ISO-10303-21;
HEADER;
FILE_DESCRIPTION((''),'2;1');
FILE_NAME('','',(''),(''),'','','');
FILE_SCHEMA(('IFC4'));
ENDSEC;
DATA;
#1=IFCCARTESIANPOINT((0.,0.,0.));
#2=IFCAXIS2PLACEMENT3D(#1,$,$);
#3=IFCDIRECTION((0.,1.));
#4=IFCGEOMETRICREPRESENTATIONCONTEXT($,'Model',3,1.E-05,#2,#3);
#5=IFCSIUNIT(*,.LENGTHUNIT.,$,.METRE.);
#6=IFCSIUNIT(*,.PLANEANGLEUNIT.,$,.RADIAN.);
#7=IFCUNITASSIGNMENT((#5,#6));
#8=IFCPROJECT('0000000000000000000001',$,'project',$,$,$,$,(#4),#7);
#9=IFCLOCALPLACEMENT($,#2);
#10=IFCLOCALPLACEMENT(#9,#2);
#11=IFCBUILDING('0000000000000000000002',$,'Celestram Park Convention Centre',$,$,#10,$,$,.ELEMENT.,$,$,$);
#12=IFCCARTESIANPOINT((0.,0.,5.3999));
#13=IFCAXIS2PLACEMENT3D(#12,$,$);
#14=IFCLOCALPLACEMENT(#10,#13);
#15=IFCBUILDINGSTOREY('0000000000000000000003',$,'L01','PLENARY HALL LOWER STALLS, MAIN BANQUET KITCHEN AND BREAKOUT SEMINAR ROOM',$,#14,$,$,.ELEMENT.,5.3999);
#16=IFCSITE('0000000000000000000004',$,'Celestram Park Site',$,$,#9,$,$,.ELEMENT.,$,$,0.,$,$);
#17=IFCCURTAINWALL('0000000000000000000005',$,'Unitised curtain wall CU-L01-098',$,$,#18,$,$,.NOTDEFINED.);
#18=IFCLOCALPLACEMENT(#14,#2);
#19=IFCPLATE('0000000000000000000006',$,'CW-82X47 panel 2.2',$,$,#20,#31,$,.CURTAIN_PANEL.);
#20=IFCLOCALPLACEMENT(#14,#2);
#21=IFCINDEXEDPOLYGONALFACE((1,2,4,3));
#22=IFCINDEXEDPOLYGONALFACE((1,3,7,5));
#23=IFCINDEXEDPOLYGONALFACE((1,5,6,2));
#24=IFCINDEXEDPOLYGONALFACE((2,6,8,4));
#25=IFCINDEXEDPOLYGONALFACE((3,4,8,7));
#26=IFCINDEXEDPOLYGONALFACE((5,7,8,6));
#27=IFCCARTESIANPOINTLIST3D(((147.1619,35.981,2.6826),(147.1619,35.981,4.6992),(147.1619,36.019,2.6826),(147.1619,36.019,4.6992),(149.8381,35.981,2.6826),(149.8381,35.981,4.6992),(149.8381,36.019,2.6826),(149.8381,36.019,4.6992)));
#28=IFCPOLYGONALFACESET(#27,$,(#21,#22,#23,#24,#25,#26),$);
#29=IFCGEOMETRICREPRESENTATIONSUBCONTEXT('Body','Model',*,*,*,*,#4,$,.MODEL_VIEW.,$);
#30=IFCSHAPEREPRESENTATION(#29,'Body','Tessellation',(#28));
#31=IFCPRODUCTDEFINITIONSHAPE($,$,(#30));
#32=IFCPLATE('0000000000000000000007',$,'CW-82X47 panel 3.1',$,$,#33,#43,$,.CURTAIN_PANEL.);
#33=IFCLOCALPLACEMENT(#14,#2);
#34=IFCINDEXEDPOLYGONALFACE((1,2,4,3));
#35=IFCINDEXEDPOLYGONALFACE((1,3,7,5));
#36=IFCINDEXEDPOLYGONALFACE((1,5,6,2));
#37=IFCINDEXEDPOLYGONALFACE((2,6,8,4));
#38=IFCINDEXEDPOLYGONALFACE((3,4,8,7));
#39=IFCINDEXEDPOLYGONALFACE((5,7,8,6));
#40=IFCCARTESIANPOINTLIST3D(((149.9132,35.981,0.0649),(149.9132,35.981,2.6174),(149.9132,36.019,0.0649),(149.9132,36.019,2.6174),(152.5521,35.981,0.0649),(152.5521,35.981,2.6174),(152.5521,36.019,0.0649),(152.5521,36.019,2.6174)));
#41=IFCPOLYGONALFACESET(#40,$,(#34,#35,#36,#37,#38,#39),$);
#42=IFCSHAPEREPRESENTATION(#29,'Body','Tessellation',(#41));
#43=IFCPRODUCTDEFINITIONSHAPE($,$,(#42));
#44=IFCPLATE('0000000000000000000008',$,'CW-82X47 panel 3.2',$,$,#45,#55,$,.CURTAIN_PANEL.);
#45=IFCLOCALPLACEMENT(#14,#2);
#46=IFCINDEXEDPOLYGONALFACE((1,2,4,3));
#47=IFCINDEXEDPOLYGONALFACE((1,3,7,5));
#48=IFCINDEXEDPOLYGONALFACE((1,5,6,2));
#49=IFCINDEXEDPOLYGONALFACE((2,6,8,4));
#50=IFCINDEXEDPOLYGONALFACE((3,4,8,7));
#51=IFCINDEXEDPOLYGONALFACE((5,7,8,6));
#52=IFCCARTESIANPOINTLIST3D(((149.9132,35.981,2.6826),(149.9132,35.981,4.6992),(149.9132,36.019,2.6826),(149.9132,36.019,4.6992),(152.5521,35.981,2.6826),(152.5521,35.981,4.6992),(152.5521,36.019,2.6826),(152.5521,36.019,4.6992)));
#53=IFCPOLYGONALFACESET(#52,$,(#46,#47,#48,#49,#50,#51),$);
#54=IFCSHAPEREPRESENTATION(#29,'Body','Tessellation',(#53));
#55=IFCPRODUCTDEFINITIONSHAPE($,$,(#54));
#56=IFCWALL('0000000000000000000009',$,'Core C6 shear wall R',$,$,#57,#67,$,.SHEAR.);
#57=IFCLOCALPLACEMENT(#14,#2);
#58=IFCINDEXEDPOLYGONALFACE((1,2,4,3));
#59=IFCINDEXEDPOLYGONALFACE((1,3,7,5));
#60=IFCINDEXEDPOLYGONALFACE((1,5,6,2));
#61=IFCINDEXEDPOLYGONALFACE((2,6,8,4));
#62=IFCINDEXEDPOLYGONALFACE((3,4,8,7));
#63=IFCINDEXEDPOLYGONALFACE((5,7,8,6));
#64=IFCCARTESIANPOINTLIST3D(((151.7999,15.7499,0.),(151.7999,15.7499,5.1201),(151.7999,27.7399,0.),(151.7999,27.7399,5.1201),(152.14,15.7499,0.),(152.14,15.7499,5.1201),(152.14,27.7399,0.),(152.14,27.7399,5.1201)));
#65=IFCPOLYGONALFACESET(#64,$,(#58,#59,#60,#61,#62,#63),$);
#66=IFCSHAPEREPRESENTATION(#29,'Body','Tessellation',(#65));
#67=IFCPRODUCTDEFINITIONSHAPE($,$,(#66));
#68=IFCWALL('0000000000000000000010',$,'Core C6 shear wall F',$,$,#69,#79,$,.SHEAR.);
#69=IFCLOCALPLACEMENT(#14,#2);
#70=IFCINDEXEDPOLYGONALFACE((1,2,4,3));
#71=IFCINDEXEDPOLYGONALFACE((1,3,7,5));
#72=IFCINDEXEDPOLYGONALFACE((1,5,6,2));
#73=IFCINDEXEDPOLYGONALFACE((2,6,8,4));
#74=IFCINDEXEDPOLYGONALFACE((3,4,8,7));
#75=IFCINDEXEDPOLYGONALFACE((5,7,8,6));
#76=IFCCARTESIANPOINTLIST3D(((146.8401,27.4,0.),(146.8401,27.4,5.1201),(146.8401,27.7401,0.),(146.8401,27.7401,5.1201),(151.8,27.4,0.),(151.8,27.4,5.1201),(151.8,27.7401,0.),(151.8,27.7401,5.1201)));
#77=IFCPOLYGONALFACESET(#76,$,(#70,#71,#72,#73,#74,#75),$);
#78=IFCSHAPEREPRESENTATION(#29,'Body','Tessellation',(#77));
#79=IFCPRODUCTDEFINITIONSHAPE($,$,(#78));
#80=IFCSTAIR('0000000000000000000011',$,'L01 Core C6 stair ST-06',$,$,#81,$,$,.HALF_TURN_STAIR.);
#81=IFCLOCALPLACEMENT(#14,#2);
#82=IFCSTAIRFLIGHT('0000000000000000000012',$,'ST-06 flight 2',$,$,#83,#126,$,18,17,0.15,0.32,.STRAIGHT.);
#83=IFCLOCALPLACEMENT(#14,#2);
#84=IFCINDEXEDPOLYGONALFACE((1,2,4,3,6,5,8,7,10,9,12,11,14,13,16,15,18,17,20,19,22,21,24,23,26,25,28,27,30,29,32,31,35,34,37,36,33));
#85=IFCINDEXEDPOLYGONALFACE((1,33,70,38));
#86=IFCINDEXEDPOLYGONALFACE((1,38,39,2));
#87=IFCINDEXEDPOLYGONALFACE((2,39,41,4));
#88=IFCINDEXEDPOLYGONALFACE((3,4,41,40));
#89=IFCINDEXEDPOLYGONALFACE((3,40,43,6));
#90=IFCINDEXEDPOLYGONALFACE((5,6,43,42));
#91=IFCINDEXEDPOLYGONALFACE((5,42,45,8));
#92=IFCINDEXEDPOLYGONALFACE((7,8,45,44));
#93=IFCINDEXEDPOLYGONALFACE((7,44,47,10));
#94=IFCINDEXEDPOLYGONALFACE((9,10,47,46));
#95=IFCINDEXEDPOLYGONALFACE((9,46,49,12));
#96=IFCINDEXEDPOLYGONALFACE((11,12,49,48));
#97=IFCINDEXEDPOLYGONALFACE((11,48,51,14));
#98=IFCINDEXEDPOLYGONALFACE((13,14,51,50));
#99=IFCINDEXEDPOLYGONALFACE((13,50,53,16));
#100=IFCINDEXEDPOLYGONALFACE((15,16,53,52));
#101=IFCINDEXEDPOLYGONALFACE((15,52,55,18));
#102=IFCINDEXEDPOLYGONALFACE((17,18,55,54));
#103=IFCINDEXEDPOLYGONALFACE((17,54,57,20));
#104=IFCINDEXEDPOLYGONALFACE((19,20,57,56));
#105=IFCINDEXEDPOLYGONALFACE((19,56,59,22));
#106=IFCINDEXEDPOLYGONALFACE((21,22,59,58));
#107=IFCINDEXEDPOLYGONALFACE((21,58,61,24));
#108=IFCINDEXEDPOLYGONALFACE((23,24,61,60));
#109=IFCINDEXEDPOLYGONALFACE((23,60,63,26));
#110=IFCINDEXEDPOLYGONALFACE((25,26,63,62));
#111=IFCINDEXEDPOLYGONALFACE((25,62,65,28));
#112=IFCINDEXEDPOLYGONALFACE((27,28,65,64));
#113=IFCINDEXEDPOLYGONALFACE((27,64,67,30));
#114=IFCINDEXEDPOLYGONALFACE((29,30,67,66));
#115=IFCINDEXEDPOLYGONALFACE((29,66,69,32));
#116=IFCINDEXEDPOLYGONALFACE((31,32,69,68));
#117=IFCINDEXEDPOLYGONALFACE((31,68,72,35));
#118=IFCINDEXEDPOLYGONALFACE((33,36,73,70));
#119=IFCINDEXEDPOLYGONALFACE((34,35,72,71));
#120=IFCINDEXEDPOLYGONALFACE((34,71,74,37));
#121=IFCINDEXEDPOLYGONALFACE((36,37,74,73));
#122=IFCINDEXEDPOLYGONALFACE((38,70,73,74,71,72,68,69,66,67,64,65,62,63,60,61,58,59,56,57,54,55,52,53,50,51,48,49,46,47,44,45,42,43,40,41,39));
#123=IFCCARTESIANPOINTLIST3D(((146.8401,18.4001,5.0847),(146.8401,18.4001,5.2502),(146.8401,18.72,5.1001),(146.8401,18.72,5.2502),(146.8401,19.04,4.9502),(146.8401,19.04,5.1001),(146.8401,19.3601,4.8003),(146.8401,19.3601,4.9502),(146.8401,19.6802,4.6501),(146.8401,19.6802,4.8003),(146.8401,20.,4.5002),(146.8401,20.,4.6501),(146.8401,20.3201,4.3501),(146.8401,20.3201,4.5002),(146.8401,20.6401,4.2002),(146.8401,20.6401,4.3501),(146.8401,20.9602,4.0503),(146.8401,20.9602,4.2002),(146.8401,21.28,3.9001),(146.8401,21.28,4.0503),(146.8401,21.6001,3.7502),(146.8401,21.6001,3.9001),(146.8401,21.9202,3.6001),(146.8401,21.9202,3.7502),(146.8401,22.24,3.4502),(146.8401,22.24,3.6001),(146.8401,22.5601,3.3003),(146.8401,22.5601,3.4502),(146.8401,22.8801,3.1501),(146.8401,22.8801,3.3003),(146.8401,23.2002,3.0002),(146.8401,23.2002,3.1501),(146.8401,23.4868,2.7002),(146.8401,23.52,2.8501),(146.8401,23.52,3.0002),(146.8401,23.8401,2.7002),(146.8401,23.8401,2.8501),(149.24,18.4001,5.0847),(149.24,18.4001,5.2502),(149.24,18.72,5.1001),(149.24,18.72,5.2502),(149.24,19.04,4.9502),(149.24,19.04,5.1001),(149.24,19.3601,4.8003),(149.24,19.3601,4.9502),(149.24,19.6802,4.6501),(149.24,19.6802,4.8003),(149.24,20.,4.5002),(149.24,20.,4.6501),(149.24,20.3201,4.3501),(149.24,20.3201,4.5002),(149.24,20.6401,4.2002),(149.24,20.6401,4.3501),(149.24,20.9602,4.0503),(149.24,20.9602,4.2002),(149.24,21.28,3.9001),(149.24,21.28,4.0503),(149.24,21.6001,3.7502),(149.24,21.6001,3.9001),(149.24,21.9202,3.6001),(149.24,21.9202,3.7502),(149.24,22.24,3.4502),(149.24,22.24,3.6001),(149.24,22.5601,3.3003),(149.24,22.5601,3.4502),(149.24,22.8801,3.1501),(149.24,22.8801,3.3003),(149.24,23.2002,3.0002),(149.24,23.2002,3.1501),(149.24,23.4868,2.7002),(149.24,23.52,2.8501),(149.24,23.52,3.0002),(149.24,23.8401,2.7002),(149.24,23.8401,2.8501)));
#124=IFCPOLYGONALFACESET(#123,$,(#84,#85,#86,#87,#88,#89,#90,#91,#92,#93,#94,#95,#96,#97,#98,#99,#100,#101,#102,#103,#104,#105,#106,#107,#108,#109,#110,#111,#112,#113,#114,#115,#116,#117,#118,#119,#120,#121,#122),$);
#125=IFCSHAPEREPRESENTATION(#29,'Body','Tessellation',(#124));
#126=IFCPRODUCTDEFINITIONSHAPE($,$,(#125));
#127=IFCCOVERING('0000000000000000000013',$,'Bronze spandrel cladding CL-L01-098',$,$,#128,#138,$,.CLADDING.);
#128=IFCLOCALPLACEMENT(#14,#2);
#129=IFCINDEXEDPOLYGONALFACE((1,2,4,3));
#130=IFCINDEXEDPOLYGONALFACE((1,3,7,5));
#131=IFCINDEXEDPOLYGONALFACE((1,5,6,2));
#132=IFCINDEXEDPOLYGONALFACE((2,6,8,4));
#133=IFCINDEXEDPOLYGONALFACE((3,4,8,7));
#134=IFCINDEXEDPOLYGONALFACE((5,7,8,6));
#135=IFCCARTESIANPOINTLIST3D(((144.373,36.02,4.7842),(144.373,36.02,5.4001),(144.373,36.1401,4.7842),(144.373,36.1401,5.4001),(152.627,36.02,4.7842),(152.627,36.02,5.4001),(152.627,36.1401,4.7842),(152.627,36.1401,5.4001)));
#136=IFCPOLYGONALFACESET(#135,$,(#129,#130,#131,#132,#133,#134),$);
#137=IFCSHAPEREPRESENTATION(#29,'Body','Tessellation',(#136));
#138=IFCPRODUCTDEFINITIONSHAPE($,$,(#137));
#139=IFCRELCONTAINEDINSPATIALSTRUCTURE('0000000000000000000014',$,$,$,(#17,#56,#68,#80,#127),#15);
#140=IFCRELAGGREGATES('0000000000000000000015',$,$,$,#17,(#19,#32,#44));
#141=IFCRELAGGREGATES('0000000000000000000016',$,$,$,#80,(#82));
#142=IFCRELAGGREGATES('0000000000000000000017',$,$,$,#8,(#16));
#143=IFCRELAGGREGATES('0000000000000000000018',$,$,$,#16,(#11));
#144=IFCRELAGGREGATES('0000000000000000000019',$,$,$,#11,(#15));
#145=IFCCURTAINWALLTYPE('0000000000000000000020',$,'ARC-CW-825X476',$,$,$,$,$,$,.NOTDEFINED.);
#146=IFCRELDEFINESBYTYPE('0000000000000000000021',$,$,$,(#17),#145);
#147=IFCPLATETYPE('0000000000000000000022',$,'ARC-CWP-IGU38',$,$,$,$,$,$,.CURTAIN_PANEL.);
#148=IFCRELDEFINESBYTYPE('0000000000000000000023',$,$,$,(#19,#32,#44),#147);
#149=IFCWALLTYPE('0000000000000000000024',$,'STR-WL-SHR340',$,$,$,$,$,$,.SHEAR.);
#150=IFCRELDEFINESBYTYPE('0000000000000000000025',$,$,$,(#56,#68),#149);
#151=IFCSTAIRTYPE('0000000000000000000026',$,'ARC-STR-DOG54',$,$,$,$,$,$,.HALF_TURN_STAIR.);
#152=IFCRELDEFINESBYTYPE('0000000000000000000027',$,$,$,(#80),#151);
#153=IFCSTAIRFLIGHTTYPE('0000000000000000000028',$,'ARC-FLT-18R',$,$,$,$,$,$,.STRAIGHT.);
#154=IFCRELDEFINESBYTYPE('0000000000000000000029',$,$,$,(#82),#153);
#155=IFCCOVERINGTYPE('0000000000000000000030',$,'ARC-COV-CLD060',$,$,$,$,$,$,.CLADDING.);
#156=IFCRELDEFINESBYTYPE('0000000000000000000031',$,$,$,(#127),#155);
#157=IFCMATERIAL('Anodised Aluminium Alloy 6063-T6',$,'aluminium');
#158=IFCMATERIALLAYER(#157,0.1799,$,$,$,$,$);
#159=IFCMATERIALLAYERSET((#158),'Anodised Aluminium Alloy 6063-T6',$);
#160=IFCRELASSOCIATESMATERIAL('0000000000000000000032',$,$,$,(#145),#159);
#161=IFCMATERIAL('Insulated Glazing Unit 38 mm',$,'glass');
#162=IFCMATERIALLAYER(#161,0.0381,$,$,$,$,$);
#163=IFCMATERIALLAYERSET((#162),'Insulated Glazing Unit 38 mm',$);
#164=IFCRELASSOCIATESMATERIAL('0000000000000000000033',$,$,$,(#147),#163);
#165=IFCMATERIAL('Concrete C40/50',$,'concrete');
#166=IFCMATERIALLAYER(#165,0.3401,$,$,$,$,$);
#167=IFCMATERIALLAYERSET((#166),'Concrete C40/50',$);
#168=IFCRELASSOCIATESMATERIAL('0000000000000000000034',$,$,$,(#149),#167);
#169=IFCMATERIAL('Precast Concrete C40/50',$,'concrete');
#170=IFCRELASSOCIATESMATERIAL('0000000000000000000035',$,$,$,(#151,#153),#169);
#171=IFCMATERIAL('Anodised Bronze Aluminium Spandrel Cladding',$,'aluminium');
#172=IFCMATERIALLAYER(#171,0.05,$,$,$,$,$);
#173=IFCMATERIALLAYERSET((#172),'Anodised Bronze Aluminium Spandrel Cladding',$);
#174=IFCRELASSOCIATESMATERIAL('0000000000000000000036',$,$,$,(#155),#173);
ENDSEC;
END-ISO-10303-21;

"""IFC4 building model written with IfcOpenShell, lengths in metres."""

from ifc_helpers import new_model, si_unit, direction, frame, frame_2d, origin, origin_2d, place, context, subcontext, project, spatial, polyline, rectangle, outline, extrude, material, layer, layer_set, type_object, element, aggregate, save


model = new_model("IFC4")

# Units and contexts
model_context = context("Model", 3, precision=1e-05, world=origin(), true_north=direction((0.0, 1.0)))
body_context = subcontext(model_context, "Body", "Model", "MODEL_VIEW")
ifc_project = project(units=[si_unit("LENGTHUNIT", "METRE"), si_unit("PLANEANGLEUNIT", "RADIAN")], contexts=[model_context])

# Site, building, storey
site_placement = place(None, origin())
site = spatial("IfcSite", under=ifc_project, at=site_placement, Name="Celestram Park Site", CompositionType="ELEMENT", RefElevation=0.0)
building_placement = place(site_placement, origin())
building = spatial("IfcBuilding", under=site, at=building_placement, Name="Celestram Park Convention Centre", CompositionType="ELEMENT")
storey_placement = place(building_placement, frame((0.0, 0.0, 5.3999)))
storey = spatial("IfcBuildingStorey", under=building, at=storey_placement, Name="L01", Description="PLENARY HALL LOWER STALLS, MAIN BANQUET KITCHEN AND BREAKOUT SEMINAR ROOM", CompositionType="ELEMENT", Elevation=5.3999)

# Shared definitions
ifc_material_1 = material(Name="Concrete C40/50", Category="concrete")

# Curtain wall
ifc_material_2 = material(Name="Anodised Aluminium Alloy 6063-T6", Category="aluminium")
ifc_layer_1 = layer(ifc_material_2, 0.1799)
ifc_layer_set_1 = layer_set([ifc_layer_1], Name="Anodised Aluminium Alloy 6063-T6")
curtain_wall_type = type_object("IfcCurtainWallType", Name="ARC-CW-825X476", PredefinedType="NOTDEFINED", material=ifc_layer_set_1)
curtain_wall_1_placement = place(storey_placement, origin())
curtain_wall_1 = element("IfcCurtainWall", 1, at=curtain_wall_1_placement, inside=storey, type_object=curtain_wall_type, Name="Unitised curtain wall CU-L01-098", PredefinedType="NOTDEFINED")

# Plates
ifc_material_3 = material(Name="Insulated Glazing Unit 38 mm", Category="glass")
ifc_layer_2 = layer(ifc_material_3, 0.0381)
ifc_layer_set_2 = layer_set([ifc_layer_2], Name="Insulated Glazing Unit 38 mm")
plate_type = type_object("IfcPlateType", Name="ARC-CWP-IGU38", PredefinedType="CURTAIN_PANEL", material=ifc_layer_set_2)
plate_1_placement = place(storey_placement, frame((148.5, 36.0, 2.6826), z_axis=(0.0, 0.0, 1.0), x_axis=(1.0, 0.0, 0.0)))
plate_1 = element("IfcPlate", 2, at=plate_1_placement, type_object=plate_type, Name="CW-82X47 panel 2.2", PredefinedType="CURTAIN_PANEL", context=body_context, shape_type="SweptSolid", body=[
    extrude(rectangle(XDim=2.6763, YDim=0.0381, at=origin_2d()), origin(), (0.0, 0.0, 1.0), 2.0166),
])
plate_2_placement = place(storey_placement, frame((151.2327, 36.0, 0.0649), z_axis=(0.0, 0.0, 1.0), x_axis=(1.0, 0.0, 0.0)))
plate_2 = element("IfcPlate", 3, at=plate_2_placement, type_object=plate_type, Name="CW-82X47 panel 3.1", PredefinedType="CURTAIN_PANEL", context=body_context, shape_type="SweptSolid", body=[
    extrude(rectangle(XDim=2.6389, YDim=0.0381, at=origin_2d()), origin(), (0.0, 0.0, 1.0), 2.5525),
])
plate_3_placement = place(storey_placement, frame((151.2327, 36.0, 2.6826), z_axis=(0.0, 0.0, 1.0), x_axis=(1.0, 0.0, 0.0)))
plate_3 = element("IfcPlate", 4, at=plate_3_placement, type_object=plate_type, Name="CW-82X47 panel 3.2", PredefinedType="CURTAIN_PANEL", context=body_context, shape_type="SweptSolid", body=[
    extrude(rectangle(XDim=2.6389, YDim=0.0381, at=origin_2d()), origin(), (0.0, 0.0, 1.0), 2.0166),
])
aggregate(curtain_wall_1, [plate_1, plate_2, plate_3])

# Walls
ifc_layer_3 = layer(ifc_material_1, 0.3401)
ifc_layer_set_3 = layer_set([ifc_layer_3], Name="Concrete C40/50")
wall_type = type_object("IfcWallType", Name="STR-WL-SHR340", PredefinedType="SHEAR", material=ifc_layer_set_3)
wall_1_placement = place(storey_placement, frame((151.97, 27.74, 0.0), z_axis=(0.0, 0.0, 1.0), x_axis=(0.0, -1.0, 0.0)))
element("IfcWall", 5, at=wall_1_placement, inside=storey, type_object=wall_type, Name="Core C6 shear wall R", PredefinedType="SHEAR", context=body_context, shape_type="SweptSolid", body=[
    extrude(rectangle(XDim=11.99, YDim=0.3401, at=frame_2d((5.9951, 0.0))), origin(), (0.0, 0.0, 1.0), 5.1201),
])
wall_2_placement = place(storey_placement, frame((146.8401, 27.5701, 0.0), z_axis=(0.0, 0.0, 1.0), x_axis=(1.0, 0.0, 0.0)))
element("IfcWall", 6, at=wall_2_placement, inside=storey, type_object=wall_type, Name="Core C6 shear wall F", PredefinedType="SHEAR", context=body_context, shape_type="SweptSolid", body=[
    extrude(rectangle(XDim=4.96, YDim=0.3401, at=frame_2d((2.48, 0.0))), origin(), (0.0, 0.0, 1.0), 5.1201),
])

# Stair, stair flight
ifc_material_4 = material(Name="Precast Concrete C40/50", Category="concrete")
stair_type = type_object("IfcStairType", Name="ARC-STR-DOG54", PredefinedType="HALF_TURN_STAIR", material=ifc_material_4)
stair_placement = place(storey_placement, origin())
stair = element("IfcStair", 7, at=stair_placement, inside=storey, type_object=stair_type, Name="L01 Core C6 stair ST-06", PredefinedType="HALF_TURN_STAIR")
stair_flight_type = type_object("IfcStairFlightType", Name="ARC-FLT-18R", PredefinedType="STRAIGHT", material=ifc_material_4)
stair_flight_placement = place(storey_placement, frame((148.04, 23.8401, 2.7002), z_axis=(0.0, 0.0, 1.0), x_axis=(0.0, -1.0, 0.0)))
stair_flight = element("IfcStairFlight", 8, at=stair_flight_placement, type_object=stair_flight_type, Name="ST-06 flight 2", NumberOfRisers=18, NumberOfTreads=17, PredefinedType="STRAIGHT", RiserHeight=0.15, TreadLength=0.32, context=body_context, shape_type="SweptSolid", body=[
    extrude(outline(polyline([(0.0, 0.0), (0.0, 0.1499), (0.3201, 0.1499), (0.3201, 0.3), (0.6399, 0.3), (0.6399, 0.45), (0.96, 0.45), (0.96, 0.6001), (1.28, 0.6001), (1.28, 0.75), (1.6001, 0.75), (1.6001, 0.8999), (1.9199, 0.8999), (1.9199, 1.05), (2.24, 1.05), (2.24, 1.2), (2.5601, 1.2), (2.5601, 1.3501), (2.8799, 1.3501), (2.8799, 1.5), (3.2, 1.5), (3.2, 1.6499), (3.52, 1.6499), (3.52, 1.8), (3.8401, 1.8), (3.8401, 1.95), (4.1599, 1.95), (4.1599, 2.1001), (4.48, 2.1001), (4.48, 2.25), (4.8, 2.25), (4.8, 2.3999), (5.1201, 2.3999), (5.1201, 2.55), (5.4399, 2.55), (5.4399, 2.7), (5.4399, 2.3845), (0.3533, 0.0), (0.0, 0.0)])), frame((0.0, 1.2, 0.0), z_axis=(0.0, -1.0, 0.0), x_axis=(1.0, 0.0, 0.0)), (0.0, 0.0, 1.0), 2.3999),
])
aggregate(stair, [stair_flight])

# Covering
ifc_material_5 = material(Name="Anodised Bronze Aluminium Spandrel Cladding", Category="aluminium")
ifc_layer_4 = layer(ifc_material_5, 0.05)
ifc_layer_set_4 = layer_set([ifc_layer_4], Name="Anodised Bronze Aluminium Spandrel Cladding")
covering_type = type_object("IfcCoveringType", Name="ARC-COV-CLD060", PredefinedType="CLADDING", material=ifc_layer_set_4)
covering_placement = place(storey_placement, frame((148.5, 36.0801, 4.7842), z_axis=(0.0, 0.0, 1.0), x_axis=(1.0, 0.0, 0.0)))
element("IfcCovering", 9, at=covering_placement, inside=storey, type_object=covering_type, Name="Bronze spandrel cladding CL-L01-098", PredefinedType="CLADDING", context=body_context, shape_type="SweptSolid", body=[
    extrude(rectangle(XDim=8.2539, YDim=0.1201, at=origin_2d()), origin(), (0.0, 0.0, 1.0), 0.616),
])

save(model, "model.ifc")
